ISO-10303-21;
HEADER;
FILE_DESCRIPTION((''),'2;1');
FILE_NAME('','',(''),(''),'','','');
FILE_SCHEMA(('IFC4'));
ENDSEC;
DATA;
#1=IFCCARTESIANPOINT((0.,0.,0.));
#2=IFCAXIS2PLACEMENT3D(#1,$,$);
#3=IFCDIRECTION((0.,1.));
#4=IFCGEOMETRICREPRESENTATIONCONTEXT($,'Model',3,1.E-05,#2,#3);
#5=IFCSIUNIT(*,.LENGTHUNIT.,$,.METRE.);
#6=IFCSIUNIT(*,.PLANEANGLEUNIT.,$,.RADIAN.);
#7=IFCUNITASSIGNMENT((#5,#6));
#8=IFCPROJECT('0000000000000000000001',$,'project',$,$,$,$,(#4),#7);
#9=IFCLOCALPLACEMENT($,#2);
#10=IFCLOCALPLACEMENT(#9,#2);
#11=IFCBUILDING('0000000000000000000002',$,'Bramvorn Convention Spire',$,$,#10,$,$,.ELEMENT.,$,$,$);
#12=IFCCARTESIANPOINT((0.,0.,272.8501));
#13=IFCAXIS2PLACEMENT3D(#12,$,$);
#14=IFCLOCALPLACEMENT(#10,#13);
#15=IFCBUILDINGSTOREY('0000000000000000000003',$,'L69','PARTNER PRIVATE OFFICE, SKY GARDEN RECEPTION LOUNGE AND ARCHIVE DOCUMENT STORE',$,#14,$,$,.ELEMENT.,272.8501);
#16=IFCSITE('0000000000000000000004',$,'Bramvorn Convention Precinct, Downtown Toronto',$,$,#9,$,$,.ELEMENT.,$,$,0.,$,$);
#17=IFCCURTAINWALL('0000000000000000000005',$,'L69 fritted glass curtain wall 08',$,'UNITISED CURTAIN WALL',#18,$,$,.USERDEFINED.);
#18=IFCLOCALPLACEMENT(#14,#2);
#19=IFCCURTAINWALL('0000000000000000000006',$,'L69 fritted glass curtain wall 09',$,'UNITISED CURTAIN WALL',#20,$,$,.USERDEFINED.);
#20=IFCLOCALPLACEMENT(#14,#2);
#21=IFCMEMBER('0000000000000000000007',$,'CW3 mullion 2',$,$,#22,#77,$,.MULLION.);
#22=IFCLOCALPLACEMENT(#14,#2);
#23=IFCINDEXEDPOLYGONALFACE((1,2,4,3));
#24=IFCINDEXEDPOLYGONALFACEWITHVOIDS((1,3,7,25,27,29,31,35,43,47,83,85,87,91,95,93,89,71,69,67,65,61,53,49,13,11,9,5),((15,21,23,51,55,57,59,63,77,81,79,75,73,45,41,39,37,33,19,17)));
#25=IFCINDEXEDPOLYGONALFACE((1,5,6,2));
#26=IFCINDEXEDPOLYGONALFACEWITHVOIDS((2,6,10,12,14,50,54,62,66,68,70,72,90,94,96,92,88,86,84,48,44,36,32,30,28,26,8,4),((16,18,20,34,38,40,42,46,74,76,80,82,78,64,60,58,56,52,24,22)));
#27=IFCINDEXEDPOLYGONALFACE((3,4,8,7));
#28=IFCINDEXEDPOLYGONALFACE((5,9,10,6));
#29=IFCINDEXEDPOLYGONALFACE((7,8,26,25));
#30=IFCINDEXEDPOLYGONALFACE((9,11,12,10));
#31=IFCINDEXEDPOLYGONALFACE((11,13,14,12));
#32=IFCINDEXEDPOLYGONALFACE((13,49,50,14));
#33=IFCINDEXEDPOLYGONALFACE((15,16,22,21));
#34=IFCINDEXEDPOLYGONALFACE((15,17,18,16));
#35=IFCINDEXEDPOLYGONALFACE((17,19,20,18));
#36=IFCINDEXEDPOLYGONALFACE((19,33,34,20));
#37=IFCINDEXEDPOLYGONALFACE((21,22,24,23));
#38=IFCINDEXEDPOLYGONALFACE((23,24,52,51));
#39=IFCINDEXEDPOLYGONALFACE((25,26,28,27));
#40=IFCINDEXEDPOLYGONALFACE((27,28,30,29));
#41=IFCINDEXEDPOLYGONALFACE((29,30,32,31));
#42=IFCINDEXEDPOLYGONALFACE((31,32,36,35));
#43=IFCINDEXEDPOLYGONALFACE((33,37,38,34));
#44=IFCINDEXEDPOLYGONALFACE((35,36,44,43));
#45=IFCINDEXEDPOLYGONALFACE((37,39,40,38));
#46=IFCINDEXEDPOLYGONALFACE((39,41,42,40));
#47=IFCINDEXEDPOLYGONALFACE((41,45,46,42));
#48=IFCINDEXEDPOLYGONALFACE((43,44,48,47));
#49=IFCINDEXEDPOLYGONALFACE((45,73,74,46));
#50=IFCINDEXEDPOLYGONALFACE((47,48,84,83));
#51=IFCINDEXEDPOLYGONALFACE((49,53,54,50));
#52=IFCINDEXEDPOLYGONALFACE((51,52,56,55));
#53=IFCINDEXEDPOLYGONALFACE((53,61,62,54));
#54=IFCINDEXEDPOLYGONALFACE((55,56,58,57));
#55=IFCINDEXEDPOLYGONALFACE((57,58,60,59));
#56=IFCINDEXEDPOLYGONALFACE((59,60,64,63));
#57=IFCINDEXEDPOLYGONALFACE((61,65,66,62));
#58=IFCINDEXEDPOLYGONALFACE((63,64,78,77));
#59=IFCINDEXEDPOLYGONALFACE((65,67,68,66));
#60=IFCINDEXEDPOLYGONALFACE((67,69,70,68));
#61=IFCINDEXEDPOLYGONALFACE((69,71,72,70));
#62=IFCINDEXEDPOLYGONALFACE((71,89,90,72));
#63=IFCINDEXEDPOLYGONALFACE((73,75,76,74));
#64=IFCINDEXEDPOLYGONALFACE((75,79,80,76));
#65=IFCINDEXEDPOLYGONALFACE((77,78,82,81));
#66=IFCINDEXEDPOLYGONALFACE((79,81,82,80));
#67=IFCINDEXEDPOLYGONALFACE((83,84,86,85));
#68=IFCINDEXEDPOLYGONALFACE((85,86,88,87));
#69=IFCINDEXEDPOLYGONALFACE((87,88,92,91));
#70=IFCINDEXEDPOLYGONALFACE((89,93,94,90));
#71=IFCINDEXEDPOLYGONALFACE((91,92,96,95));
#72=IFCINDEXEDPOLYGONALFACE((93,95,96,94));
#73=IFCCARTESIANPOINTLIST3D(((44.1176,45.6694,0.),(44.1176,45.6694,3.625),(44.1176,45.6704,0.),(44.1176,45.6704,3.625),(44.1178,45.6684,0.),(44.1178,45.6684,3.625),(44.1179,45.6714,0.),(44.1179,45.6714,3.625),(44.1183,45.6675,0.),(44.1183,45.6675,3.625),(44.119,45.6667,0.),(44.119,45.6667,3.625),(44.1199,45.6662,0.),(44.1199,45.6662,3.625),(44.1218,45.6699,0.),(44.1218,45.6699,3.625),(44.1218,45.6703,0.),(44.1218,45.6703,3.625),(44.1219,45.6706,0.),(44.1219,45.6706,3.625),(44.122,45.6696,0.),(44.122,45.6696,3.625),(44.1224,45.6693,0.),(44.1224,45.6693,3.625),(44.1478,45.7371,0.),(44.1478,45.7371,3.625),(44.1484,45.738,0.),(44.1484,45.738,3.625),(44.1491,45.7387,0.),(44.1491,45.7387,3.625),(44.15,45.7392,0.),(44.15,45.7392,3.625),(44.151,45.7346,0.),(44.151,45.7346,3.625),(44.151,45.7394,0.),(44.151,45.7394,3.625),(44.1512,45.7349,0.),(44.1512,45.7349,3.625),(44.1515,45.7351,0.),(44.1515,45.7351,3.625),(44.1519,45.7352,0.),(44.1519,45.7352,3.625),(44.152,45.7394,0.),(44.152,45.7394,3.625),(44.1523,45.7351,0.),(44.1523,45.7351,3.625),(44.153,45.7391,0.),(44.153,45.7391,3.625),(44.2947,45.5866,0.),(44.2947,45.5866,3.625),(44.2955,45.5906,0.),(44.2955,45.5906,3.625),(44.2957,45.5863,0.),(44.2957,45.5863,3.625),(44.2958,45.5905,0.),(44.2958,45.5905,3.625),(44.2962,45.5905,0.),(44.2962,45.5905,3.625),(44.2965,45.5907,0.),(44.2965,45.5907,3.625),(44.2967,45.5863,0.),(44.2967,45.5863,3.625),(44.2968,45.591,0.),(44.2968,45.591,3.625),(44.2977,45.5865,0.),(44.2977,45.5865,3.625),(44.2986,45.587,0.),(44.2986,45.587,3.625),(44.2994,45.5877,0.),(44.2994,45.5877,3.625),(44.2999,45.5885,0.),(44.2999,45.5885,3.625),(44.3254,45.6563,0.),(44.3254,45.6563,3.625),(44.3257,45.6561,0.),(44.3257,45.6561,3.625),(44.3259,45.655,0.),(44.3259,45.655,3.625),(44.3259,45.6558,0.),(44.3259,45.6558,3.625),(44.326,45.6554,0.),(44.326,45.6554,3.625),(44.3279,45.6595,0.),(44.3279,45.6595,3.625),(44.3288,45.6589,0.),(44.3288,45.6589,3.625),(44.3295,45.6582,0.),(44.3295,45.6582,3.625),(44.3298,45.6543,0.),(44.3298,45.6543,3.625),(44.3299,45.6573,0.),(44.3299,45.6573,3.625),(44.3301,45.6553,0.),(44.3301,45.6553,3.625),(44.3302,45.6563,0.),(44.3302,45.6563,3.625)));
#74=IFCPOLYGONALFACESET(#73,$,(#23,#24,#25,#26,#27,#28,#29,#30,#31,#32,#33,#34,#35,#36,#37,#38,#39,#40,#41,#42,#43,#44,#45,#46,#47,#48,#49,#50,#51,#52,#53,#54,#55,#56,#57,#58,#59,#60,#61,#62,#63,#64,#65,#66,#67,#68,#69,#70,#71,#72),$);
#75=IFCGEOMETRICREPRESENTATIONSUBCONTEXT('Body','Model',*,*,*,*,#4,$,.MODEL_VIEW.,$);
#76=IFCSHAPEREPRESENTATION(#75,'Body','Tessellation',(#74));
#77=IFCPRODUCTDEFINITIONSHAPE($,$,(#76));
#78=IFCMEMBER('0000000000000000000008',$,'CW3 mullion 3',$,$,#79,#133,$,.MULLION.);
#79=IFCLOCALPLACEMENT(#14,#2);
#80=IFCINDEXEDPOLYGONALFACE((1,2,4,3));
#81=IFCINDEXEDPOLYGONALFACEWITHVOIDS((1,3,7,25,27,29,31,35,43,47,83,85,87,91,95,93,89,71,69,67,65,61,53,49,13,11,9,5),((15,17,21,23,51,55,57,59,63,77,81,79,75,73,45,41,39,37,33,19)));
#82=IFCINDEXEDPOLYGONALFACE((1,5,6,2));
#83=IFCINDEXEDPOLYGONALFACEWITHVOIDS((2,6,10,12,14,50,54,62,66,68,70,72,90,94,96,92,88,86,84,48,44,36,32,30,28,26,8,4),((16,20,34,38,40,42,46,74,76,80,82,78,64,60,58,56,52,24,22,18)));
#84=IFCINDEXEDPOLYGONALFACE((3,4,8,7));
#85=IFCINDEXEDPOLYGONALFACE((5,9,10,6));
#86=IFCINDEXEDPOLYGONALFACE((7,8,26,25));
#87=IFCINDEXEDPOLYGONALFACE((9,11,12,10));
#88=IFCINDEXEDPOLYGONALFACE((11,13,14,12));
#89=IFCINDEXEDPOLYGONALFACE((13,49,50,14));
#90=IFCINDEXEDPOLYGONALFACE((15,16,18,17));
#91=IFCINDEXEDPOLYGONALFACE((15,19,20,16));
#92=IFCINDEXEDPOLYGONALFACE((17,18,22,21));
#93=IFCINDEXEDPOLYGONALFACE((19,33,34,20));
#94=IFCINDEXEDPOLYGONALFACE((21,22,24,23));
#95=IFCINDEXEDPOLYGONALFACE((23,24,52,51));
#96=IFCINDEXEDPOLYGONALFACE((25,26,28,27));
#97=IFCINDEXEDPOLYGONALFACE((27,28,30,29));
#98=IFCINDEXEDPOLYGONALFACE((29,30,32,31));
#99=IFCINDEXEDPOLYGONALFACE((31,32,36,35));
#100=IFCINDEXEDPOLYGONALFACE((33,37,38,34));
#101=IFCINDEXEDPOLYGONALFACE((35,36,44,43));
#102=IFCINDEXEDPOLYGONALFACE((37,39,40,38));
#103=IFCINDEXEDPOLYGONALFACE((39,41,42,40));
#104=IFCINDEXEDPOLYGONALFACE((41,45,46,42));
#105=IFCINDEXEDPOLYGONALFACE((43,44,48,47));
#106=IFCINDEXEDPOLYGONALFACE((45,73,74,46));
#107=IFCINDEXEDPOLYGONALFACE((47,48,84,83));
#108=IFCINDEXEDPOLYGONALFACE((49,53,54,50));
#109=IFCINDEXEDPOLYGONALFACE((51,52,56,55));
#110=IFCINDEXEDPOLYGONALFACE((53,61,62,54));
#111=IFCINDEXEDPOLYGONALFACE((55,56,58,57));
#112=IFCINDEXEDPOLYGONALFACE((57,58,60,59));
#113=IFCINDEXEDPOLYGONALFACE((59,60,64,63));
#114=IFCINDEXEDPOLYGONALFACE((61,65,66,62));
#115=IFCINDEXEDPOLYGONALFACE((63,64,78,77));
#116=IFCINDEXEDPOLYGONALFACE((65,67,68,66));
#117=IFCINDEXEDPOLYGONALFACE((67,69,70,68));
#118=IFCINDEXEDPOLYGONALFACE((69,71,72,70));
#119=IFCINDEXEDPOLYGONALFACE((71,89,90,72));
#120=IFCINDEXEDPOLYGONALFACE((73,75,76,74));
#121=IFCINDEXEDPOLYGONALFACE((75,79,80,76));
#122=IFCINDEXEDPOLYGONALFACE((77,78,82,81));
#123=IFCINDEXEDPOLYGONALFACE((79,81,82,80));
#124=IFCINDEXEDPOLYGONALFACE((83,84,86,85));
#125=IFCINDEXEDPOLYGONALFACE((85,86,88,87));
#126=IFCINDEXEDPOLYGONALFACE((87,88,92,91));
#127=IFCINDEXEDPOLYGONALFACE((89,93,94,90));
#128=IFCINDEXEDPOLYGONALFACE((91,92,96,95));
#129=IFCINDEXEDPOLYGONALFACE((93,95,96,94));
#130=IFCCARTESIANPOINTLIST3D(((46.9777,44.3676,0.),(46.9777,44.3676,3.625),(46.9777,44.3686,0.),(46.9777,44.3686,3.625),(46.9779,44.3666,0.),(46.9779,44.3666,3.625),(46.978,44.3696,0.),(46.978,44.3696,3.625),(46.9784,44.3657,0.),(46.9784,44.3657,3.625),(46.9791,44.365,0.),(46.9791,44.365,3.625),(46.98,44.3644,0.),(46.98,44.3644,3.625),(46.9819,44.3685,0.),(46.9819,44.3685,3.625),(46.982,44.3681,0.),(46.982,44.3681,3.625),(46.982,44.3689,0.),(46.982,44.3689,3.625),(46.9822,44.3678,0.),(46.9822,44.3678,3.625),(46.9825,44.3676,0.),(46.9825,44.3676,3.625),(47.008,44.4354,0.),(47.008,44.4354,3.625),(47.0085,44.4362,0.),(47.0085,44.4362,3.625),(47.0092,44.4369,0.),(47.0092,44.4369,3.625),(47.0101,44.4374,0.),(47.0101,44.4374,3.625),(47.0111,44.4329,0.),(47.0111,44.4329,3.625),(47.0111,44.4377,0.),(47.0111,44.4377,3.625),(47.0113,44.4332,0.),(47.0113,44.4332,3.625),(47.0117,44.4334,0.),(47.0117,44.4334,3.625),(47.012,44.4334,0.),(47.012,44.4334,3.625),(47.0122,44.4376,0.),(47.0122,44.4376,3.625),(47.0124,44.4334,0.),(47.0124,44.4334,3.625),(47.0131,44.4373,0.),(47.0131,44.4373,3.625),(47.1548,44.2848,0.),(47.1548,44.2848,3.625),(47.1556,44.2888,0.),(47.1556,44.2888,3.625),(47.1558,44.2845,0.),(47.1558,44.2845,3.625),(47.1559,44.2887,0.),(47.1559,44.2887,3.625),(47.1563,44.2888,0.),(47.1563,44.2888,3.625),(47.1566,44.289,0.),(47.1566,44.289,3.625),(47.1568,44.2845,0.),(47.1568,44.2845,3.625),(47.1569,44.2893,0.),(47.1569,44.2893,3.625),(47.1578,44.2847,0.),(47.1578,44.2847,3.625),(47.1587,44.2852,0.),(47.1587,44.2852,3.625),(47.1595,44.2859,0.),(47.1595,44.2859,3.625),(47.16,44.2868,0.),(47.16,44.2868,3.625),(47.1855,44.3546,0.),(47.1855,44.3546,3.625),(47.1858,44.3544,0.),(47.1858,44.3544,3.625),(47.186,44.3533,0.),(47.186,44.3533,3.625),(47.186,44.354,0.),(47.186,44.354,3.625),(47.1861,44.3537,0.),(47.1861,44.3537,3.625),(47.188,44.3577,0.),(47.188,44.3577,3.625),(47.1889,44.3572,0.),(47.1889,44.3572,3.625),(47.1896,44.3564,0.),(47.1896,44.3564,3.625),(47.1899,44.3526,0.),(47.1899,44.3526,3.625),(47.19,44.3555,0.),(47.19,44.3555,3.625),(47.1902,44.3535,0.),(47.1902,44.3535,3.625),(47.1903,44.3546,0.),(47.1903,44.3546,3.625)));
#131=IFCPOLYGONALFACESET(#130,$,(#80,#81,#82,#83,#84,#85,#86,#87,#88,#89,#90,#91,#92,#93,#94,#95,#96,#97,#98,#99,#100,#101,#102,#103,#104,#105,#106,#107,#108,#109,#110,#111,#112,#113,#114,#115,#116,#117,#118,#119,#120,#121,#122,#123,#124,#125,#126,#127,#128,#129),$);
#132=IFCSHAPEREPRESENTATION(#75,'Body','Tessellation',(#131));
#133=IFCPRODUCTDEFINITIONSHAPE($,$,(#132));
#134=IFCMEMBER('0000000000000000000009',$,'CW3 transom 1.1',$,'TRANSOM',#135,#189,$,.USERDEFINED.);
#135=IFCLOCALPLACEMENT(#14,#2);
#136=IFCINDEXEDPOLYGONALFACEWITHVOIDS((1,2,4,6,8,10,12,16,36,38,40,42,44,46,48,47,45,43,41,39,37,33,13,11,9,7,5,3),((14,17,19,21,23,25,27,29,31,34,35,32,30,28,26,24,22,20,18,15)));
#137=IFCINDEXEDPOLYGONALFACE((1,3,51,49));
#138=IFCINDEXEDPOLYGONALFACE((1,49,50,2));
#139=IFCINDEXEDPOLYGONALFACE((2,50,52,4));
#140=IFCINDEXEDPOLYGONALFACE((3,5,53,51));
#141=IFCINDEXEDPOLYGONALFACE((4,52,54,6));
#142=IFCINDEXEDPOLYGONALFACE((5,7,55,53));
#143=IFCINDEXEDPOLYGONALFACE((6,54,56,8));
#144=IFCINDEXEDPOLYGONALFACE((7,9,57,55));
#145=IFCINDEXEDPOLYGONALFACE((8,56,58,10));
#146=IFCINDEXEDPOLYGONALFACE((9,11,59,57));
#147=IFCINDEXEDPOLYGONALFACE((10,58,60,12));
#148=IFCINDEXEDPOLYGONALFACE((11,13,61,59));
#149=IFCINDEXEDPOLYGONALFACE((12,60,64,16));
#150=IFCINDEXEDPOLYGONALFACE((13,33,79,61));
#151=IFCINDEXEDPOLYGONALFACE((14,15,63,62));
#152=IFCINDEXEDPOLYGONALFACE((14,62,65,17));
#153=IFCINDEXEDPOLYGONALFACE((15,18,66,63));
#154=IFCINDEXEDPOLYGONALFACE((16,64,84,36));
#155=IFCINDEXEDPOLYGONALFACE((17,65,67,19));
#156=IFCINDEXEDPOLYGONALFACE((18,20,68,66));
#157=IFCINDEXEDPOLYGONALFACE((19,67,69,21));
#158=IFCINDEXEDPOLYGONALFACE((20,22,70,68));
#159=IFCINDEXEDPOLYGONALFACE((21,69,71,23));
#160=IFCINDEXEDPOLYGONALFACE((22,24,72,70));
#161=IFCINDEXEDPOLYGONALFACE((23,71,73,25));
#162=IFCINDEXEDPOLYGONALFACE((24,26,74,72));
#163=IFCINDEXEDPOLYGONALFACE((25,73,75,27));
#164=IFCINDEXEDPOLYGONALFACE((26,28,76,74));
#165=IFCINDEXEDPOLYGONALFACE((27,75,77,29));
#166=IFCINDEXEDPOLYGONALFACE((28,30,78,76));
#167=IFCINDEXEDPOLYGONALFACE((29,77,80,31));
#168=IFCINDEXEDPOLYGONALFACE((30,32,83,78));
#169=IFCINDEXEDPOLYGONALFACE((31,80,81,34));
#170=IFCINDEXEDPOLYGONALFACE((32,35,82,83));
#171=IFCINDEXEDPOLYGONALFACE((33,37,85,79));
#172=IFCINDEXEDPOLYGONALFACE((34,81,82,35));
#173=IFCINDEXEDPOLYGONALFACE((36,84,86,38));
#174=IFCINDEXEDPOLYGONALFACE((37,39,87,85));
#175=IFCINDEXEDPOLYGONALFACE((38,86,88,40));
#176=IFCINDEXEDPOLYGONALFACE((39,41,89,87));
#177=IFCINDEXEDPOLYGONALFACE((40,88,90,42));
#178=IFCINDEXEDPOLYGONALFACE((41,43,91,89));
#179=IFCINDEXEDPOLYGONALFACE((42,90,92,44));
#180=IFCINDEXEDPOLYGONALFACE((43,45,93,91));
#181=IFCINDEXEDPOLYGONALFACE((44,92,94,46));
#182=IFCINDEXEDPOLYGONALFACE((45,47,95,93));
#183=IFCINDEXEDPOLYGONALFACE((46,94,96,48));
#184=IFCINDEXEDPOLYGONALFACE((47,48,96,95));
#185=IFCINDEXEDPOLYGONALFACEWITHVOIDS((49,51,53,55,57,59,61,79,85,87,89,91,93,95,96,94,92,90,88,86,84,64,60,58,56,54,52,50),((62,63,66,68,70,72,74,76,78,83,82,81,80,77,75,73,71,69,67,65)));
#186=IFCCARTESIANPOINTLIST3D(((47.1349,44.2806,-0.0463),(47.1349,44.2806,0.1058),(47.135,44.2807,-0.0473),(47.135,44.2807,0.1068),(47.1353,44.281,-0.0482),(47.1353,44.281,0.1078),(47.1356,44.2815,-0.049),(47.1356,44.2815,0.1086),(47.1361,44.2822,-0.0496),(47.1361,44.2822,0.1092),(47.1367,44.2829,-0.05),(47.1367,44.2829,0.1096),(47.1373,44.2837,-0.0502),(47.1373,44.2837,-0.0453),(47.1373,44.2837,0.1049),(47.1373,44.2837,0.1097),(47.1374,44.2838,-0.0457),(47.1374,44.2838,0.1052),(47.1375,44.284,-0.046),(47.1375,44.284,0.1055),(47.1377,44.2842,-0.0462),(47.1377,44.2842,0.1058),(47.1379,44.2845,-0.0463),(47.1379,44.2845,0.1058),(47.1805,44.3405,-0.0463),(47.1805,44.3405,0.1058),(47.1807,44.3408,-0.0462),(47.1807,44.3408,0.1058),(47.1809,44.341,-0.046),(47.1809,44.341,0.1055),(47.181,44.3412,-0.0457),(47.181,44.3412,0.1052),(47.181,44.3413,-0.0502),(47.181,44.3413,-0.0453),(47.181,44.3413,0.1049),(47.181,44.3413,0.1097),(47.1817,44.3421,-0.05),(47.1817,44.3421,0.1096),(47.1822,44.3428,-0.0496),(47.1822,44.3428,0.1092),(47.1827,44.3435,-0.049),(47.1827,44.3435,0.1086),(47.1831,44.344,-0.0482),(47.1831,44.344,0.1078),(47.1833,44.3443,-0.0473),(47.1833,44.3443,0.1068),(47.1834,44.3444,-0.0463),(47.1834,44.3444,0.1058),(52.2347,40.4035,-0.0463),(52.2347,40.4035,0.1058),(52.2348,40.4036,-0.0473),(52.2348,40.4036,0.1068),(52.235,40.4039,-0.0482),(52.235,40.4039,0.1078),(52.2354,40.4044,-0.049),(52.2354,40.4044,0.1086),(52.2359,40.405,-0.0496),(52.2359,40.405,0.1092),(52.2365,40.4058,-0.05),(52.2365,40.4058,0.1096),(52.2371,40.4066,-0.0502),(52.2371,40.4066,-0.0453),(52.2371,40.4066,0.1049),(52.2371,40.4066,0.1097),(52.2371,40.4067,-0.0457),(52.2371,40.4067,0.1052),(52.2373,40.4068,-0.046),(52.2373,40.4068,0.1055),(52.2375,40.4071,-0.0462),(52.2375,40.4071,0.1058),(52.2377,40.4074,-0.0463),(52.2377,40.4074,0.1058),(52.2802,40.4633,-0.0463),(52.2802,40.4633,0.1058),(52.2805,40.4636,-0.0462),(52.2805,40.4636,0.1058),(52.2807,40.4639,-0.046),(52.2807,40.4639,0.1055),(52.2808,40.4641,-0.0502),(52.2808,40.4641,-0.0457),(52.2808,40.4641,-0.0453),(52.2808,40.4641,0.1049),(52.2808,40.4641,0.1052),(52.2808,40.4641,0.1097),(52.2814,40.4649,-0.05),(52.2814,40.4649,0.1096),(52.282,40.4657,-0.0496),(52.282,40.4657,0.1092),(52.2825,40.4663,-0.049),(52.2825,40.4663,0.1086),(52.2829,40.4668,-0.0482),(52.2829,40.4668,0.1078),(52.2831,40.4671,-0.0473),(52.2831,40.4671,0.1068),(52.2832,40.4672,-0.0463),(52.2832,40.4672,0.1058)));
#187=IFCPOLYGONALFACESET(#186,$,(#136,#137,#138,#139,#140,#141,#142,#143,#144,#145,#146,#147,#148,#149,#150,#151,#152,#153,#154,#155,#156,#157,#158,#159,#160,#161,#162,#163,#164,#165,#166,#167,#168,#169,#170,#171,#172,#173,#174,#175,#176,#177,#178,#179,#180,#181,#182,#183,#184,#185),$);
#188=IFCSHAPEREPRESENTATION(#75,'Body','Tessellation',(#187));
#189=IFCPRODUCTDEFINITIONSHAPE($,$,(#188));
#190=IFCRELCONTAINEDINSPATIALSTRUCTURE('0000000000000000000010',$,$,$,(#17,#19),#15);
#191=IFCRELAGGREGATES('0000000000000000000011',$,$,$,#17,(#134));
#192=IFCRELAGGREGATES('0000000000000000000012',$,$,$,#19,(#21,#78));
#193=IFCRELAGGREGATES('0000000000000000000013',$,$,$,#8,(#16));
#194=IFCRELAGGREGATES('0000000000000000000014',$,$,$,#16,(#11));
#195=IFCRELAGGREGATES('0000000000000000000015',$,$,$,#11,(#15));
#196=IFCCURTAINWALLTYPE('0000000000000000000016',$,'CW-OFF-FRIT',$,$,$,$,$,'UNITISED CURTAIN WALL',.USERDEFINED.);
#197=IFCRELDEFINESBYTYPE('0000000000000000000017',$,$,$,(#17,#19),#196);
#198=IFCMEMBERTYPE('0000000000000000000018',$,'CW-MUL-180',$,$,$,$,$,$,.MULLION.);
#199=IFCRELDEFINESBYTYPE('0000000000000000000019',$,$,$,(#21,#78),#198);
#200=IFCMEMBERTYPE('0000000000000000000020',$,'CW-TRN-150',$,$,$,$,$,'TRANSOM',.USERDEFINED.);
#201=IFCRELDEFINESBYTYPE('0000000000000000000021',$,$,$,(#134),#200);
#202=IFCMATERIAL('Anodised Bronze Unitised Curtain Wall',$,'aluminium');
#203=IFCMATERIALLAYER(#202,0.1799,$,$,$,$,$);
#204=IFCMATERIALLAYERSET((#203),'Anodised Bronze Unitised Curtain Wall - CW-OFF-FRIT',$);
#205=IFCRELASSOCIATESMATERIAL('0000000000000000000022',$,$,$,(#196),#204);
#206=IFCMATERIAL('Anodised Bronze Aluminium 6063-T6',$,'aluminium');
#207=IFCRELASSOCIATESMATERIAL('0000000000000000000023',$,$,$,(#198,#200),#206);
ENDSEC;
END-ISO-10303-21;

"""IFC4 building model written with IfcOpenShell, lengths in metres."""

from ifc_helpers import new_model, si_unit, direction, frame, origin, origin_2d, place, context, subcontext, project, spatial, hollow_rectangle, extrude, material, layer, layer_set, material_profile, profile_set, type_object, element, aggregate, save


model = new_model("IFC4")

# Units and contexts
model_context = context("Model", 3, precision=1e-05, world=origin(), true_north=direction((0.0, 1.0)))
body_context = subcontext(model_context, "Body", "Model", "MODEL_VIEW")
ifc_project = project(units=[si_unit("LENGTHUNIT", "METRE"), si_unit("PLANEANGLEUNIT", "RADIAN")], contexts=[model_context])

# Site, building, storey
site_placement = place(None, origin())
site = spatial("IfcSite", under=ifc_project, at=site_placement, Name="Bramvorn Convention Precinct, Downtown Toronto", CompositionType="ELEMENT", RefElevation=0.0)
building_placement = place(site_placement, origin())
building = spatial("IfcBuilding", under=site, at=building_placement, Name="Bramvorn Convention Spire", CompositionType="ELEMENT")
storey_placement = place(building_placement, frame((0.0, 0.0, 272.8501)))
storey = spatial("IfcBuildingStorey", under=building, at=storey_placement, Name="L69", Description="PARTNER PRIVATE OFFICE, SKY GARDEN RECEPTION LOUNGE AND ARCHIVE DOCUMENT STORE", CompositionType="ELEMENT", Elevation=272.8501)

# Curtain walls, members
ifc_material_1 = material(Name="Anodised Bronze Unitised Curtain Wall", Category="aluminium")
ifc_layer_1 = layer(ifc_material_1, 0.1799)
ifc_layer_set_1 = layer_set([ifc_layer_1], Name="Anodised Bronze Unitised Curtain Wall - CW-OFF-FRIT")
curtain_wall_type = type_object("IfcCurtainWallType", Name="CW-OFF-FRIT", ElementType="UNITISED CURTAIN WALL", PredefinedType="USERDEFINED", material=ifc_layer_set_1)
curtain_wall_1_placement = place(storey_placement, origin())
curtain_wall_1 = element("IfcCurtainWall", 1, at=curtain_wall_1_placement, inside=storey, type_object=curtain_wall_type, Name="L69 fritted glass curtain wall 08", ObjectType="UNITISED CURTAIN WALL", PredefinedType="USERDEFINED")
ifc_material_2 = material(Name="Anodised Bronze Aluminium 6063-T6", Category="aluminium")
ifc_material_profile_1 = material_profile(ifc_material_2, hollow_rectangle(XDim=0.0801, YDim=0.2, WallThickness=0.0039, InnerFilletRadius=0.001, OuterFilletRadius=0.0039, at=origin_2d()))
ifc_profile_set_1 = profile_set([ifc_material_profile_1], Name="Anodised Bronze Aluminium 6063-T6 - CWM80X200")
member_type_1 = type_object("IfcMemberType", Name="CW-MUL-180", PredefinedType="MULLION", material=ifc_profile_set_1)
curtain_wall_2_placement = place(storey_placement, origin())
curtain_wall_2 = element("IfcCurtainWall", 2, at=curtain_wall_2_placement, inside=storey, type_object=curtain_wall_type, Name="L69 fritted glass curtain wall 09", ObjectType="UNITISED CURTAIN WALL", PredefinedType="USERDEFINED")
member_1_placement = place(storey_placement, frame((44.2239, 45.6628, 0.0), z_axis=(0.0, 0.0, 1.0), x_axis=(0.414235, 0.91017, 0.0)))
member_1 = element("IfcMember", 3, at=member_1_placement, type_object=member_type_1, Name="CW3 mullion 2", PredefinedType="MULLION", context=body_context, shape_type="SweptSolid", body=[
    extrude(hollow_rectangle(XDim=0.0801, YDim=0.2, WallThickness=0.0039, InnerFilletRadius=0.001, OuterFilletRadius=0.0039, at=origin_2d()), origin(), (0.0, 0.0, 1.0), 3.625),
])
member_2_placement = place(storey_placement, frame((47.084, 44.3611, 0.0), z_axis=(0.0, 0.0, 1.0), x_axis=(0.414235, 0.91017, 0.0)))
member_2 = element("IfcMember", 4, at=member_2_placement, type_object=member_type_1, Name="CW3 mullion 3", PredefinedType="MULLION", context=body_context, shape_type="SweptSolid", body=[
    extrude(hollow_rectangle(XDim=0.0801, YDim=0.2, WallThickness=0.0039, InnerFilletRadius=0.001, OuterFilletRadius=0.0039, at=origin_2d()), origin(), (0.0, 0.0, 1.0), 3.625),
])

# Member
ifc_material_profile_2 = material_profile(ifc_material_2, hollow_rectangle(XDim=0.0801, YDim=0.1599, WallThickness=0.0039, InnerFilletRadius=0.001, OuterFilletRadius=0.0039, at=origin_2d()))
ifc_profile_set_2 = profile_set([ifc_material_profile_2], Name="Anodised Bronze Aluminium 6063-T6 - CWT80X160")
member_type_2 = type_object("IfcMemberType", Name="CW-TRN-150", ElementType="TRANSOM", PredefinedType="USERDEFINED", material=ifc_profile_set_2)
member_3_placement = place(storey_placement, frame((47.1592, 44.3125, 0.0298), z_axis=(0.796064, -0.605213, 0.0), x_axis=(0.605213, 0.796064, 0.0)))
member_3 = element("IfcMember", 5, at=member_3_placement, type_object=member_type_2, Name="CW3 transom 1.1", ObjectType="TRANSOM", PredefinedType="USERDEFINED", context=body_context, shape_type="SweptSolid", body=[
    extrude(hollow_rectangle(XDim=0.0801, YDim=0.1599, WallThickness=0.0039, InnerFilletRadius=0.001, OuterFilletRadius=0.0039, at=origin_2d()), origin(), (0.0, 0.0, 1.0), 6.4062),
])

aggregate(curtain_wall_1, [member_3])
aggregate(curtain_wall_2, [member_1, member_2])

save(model, "model.ifc")
